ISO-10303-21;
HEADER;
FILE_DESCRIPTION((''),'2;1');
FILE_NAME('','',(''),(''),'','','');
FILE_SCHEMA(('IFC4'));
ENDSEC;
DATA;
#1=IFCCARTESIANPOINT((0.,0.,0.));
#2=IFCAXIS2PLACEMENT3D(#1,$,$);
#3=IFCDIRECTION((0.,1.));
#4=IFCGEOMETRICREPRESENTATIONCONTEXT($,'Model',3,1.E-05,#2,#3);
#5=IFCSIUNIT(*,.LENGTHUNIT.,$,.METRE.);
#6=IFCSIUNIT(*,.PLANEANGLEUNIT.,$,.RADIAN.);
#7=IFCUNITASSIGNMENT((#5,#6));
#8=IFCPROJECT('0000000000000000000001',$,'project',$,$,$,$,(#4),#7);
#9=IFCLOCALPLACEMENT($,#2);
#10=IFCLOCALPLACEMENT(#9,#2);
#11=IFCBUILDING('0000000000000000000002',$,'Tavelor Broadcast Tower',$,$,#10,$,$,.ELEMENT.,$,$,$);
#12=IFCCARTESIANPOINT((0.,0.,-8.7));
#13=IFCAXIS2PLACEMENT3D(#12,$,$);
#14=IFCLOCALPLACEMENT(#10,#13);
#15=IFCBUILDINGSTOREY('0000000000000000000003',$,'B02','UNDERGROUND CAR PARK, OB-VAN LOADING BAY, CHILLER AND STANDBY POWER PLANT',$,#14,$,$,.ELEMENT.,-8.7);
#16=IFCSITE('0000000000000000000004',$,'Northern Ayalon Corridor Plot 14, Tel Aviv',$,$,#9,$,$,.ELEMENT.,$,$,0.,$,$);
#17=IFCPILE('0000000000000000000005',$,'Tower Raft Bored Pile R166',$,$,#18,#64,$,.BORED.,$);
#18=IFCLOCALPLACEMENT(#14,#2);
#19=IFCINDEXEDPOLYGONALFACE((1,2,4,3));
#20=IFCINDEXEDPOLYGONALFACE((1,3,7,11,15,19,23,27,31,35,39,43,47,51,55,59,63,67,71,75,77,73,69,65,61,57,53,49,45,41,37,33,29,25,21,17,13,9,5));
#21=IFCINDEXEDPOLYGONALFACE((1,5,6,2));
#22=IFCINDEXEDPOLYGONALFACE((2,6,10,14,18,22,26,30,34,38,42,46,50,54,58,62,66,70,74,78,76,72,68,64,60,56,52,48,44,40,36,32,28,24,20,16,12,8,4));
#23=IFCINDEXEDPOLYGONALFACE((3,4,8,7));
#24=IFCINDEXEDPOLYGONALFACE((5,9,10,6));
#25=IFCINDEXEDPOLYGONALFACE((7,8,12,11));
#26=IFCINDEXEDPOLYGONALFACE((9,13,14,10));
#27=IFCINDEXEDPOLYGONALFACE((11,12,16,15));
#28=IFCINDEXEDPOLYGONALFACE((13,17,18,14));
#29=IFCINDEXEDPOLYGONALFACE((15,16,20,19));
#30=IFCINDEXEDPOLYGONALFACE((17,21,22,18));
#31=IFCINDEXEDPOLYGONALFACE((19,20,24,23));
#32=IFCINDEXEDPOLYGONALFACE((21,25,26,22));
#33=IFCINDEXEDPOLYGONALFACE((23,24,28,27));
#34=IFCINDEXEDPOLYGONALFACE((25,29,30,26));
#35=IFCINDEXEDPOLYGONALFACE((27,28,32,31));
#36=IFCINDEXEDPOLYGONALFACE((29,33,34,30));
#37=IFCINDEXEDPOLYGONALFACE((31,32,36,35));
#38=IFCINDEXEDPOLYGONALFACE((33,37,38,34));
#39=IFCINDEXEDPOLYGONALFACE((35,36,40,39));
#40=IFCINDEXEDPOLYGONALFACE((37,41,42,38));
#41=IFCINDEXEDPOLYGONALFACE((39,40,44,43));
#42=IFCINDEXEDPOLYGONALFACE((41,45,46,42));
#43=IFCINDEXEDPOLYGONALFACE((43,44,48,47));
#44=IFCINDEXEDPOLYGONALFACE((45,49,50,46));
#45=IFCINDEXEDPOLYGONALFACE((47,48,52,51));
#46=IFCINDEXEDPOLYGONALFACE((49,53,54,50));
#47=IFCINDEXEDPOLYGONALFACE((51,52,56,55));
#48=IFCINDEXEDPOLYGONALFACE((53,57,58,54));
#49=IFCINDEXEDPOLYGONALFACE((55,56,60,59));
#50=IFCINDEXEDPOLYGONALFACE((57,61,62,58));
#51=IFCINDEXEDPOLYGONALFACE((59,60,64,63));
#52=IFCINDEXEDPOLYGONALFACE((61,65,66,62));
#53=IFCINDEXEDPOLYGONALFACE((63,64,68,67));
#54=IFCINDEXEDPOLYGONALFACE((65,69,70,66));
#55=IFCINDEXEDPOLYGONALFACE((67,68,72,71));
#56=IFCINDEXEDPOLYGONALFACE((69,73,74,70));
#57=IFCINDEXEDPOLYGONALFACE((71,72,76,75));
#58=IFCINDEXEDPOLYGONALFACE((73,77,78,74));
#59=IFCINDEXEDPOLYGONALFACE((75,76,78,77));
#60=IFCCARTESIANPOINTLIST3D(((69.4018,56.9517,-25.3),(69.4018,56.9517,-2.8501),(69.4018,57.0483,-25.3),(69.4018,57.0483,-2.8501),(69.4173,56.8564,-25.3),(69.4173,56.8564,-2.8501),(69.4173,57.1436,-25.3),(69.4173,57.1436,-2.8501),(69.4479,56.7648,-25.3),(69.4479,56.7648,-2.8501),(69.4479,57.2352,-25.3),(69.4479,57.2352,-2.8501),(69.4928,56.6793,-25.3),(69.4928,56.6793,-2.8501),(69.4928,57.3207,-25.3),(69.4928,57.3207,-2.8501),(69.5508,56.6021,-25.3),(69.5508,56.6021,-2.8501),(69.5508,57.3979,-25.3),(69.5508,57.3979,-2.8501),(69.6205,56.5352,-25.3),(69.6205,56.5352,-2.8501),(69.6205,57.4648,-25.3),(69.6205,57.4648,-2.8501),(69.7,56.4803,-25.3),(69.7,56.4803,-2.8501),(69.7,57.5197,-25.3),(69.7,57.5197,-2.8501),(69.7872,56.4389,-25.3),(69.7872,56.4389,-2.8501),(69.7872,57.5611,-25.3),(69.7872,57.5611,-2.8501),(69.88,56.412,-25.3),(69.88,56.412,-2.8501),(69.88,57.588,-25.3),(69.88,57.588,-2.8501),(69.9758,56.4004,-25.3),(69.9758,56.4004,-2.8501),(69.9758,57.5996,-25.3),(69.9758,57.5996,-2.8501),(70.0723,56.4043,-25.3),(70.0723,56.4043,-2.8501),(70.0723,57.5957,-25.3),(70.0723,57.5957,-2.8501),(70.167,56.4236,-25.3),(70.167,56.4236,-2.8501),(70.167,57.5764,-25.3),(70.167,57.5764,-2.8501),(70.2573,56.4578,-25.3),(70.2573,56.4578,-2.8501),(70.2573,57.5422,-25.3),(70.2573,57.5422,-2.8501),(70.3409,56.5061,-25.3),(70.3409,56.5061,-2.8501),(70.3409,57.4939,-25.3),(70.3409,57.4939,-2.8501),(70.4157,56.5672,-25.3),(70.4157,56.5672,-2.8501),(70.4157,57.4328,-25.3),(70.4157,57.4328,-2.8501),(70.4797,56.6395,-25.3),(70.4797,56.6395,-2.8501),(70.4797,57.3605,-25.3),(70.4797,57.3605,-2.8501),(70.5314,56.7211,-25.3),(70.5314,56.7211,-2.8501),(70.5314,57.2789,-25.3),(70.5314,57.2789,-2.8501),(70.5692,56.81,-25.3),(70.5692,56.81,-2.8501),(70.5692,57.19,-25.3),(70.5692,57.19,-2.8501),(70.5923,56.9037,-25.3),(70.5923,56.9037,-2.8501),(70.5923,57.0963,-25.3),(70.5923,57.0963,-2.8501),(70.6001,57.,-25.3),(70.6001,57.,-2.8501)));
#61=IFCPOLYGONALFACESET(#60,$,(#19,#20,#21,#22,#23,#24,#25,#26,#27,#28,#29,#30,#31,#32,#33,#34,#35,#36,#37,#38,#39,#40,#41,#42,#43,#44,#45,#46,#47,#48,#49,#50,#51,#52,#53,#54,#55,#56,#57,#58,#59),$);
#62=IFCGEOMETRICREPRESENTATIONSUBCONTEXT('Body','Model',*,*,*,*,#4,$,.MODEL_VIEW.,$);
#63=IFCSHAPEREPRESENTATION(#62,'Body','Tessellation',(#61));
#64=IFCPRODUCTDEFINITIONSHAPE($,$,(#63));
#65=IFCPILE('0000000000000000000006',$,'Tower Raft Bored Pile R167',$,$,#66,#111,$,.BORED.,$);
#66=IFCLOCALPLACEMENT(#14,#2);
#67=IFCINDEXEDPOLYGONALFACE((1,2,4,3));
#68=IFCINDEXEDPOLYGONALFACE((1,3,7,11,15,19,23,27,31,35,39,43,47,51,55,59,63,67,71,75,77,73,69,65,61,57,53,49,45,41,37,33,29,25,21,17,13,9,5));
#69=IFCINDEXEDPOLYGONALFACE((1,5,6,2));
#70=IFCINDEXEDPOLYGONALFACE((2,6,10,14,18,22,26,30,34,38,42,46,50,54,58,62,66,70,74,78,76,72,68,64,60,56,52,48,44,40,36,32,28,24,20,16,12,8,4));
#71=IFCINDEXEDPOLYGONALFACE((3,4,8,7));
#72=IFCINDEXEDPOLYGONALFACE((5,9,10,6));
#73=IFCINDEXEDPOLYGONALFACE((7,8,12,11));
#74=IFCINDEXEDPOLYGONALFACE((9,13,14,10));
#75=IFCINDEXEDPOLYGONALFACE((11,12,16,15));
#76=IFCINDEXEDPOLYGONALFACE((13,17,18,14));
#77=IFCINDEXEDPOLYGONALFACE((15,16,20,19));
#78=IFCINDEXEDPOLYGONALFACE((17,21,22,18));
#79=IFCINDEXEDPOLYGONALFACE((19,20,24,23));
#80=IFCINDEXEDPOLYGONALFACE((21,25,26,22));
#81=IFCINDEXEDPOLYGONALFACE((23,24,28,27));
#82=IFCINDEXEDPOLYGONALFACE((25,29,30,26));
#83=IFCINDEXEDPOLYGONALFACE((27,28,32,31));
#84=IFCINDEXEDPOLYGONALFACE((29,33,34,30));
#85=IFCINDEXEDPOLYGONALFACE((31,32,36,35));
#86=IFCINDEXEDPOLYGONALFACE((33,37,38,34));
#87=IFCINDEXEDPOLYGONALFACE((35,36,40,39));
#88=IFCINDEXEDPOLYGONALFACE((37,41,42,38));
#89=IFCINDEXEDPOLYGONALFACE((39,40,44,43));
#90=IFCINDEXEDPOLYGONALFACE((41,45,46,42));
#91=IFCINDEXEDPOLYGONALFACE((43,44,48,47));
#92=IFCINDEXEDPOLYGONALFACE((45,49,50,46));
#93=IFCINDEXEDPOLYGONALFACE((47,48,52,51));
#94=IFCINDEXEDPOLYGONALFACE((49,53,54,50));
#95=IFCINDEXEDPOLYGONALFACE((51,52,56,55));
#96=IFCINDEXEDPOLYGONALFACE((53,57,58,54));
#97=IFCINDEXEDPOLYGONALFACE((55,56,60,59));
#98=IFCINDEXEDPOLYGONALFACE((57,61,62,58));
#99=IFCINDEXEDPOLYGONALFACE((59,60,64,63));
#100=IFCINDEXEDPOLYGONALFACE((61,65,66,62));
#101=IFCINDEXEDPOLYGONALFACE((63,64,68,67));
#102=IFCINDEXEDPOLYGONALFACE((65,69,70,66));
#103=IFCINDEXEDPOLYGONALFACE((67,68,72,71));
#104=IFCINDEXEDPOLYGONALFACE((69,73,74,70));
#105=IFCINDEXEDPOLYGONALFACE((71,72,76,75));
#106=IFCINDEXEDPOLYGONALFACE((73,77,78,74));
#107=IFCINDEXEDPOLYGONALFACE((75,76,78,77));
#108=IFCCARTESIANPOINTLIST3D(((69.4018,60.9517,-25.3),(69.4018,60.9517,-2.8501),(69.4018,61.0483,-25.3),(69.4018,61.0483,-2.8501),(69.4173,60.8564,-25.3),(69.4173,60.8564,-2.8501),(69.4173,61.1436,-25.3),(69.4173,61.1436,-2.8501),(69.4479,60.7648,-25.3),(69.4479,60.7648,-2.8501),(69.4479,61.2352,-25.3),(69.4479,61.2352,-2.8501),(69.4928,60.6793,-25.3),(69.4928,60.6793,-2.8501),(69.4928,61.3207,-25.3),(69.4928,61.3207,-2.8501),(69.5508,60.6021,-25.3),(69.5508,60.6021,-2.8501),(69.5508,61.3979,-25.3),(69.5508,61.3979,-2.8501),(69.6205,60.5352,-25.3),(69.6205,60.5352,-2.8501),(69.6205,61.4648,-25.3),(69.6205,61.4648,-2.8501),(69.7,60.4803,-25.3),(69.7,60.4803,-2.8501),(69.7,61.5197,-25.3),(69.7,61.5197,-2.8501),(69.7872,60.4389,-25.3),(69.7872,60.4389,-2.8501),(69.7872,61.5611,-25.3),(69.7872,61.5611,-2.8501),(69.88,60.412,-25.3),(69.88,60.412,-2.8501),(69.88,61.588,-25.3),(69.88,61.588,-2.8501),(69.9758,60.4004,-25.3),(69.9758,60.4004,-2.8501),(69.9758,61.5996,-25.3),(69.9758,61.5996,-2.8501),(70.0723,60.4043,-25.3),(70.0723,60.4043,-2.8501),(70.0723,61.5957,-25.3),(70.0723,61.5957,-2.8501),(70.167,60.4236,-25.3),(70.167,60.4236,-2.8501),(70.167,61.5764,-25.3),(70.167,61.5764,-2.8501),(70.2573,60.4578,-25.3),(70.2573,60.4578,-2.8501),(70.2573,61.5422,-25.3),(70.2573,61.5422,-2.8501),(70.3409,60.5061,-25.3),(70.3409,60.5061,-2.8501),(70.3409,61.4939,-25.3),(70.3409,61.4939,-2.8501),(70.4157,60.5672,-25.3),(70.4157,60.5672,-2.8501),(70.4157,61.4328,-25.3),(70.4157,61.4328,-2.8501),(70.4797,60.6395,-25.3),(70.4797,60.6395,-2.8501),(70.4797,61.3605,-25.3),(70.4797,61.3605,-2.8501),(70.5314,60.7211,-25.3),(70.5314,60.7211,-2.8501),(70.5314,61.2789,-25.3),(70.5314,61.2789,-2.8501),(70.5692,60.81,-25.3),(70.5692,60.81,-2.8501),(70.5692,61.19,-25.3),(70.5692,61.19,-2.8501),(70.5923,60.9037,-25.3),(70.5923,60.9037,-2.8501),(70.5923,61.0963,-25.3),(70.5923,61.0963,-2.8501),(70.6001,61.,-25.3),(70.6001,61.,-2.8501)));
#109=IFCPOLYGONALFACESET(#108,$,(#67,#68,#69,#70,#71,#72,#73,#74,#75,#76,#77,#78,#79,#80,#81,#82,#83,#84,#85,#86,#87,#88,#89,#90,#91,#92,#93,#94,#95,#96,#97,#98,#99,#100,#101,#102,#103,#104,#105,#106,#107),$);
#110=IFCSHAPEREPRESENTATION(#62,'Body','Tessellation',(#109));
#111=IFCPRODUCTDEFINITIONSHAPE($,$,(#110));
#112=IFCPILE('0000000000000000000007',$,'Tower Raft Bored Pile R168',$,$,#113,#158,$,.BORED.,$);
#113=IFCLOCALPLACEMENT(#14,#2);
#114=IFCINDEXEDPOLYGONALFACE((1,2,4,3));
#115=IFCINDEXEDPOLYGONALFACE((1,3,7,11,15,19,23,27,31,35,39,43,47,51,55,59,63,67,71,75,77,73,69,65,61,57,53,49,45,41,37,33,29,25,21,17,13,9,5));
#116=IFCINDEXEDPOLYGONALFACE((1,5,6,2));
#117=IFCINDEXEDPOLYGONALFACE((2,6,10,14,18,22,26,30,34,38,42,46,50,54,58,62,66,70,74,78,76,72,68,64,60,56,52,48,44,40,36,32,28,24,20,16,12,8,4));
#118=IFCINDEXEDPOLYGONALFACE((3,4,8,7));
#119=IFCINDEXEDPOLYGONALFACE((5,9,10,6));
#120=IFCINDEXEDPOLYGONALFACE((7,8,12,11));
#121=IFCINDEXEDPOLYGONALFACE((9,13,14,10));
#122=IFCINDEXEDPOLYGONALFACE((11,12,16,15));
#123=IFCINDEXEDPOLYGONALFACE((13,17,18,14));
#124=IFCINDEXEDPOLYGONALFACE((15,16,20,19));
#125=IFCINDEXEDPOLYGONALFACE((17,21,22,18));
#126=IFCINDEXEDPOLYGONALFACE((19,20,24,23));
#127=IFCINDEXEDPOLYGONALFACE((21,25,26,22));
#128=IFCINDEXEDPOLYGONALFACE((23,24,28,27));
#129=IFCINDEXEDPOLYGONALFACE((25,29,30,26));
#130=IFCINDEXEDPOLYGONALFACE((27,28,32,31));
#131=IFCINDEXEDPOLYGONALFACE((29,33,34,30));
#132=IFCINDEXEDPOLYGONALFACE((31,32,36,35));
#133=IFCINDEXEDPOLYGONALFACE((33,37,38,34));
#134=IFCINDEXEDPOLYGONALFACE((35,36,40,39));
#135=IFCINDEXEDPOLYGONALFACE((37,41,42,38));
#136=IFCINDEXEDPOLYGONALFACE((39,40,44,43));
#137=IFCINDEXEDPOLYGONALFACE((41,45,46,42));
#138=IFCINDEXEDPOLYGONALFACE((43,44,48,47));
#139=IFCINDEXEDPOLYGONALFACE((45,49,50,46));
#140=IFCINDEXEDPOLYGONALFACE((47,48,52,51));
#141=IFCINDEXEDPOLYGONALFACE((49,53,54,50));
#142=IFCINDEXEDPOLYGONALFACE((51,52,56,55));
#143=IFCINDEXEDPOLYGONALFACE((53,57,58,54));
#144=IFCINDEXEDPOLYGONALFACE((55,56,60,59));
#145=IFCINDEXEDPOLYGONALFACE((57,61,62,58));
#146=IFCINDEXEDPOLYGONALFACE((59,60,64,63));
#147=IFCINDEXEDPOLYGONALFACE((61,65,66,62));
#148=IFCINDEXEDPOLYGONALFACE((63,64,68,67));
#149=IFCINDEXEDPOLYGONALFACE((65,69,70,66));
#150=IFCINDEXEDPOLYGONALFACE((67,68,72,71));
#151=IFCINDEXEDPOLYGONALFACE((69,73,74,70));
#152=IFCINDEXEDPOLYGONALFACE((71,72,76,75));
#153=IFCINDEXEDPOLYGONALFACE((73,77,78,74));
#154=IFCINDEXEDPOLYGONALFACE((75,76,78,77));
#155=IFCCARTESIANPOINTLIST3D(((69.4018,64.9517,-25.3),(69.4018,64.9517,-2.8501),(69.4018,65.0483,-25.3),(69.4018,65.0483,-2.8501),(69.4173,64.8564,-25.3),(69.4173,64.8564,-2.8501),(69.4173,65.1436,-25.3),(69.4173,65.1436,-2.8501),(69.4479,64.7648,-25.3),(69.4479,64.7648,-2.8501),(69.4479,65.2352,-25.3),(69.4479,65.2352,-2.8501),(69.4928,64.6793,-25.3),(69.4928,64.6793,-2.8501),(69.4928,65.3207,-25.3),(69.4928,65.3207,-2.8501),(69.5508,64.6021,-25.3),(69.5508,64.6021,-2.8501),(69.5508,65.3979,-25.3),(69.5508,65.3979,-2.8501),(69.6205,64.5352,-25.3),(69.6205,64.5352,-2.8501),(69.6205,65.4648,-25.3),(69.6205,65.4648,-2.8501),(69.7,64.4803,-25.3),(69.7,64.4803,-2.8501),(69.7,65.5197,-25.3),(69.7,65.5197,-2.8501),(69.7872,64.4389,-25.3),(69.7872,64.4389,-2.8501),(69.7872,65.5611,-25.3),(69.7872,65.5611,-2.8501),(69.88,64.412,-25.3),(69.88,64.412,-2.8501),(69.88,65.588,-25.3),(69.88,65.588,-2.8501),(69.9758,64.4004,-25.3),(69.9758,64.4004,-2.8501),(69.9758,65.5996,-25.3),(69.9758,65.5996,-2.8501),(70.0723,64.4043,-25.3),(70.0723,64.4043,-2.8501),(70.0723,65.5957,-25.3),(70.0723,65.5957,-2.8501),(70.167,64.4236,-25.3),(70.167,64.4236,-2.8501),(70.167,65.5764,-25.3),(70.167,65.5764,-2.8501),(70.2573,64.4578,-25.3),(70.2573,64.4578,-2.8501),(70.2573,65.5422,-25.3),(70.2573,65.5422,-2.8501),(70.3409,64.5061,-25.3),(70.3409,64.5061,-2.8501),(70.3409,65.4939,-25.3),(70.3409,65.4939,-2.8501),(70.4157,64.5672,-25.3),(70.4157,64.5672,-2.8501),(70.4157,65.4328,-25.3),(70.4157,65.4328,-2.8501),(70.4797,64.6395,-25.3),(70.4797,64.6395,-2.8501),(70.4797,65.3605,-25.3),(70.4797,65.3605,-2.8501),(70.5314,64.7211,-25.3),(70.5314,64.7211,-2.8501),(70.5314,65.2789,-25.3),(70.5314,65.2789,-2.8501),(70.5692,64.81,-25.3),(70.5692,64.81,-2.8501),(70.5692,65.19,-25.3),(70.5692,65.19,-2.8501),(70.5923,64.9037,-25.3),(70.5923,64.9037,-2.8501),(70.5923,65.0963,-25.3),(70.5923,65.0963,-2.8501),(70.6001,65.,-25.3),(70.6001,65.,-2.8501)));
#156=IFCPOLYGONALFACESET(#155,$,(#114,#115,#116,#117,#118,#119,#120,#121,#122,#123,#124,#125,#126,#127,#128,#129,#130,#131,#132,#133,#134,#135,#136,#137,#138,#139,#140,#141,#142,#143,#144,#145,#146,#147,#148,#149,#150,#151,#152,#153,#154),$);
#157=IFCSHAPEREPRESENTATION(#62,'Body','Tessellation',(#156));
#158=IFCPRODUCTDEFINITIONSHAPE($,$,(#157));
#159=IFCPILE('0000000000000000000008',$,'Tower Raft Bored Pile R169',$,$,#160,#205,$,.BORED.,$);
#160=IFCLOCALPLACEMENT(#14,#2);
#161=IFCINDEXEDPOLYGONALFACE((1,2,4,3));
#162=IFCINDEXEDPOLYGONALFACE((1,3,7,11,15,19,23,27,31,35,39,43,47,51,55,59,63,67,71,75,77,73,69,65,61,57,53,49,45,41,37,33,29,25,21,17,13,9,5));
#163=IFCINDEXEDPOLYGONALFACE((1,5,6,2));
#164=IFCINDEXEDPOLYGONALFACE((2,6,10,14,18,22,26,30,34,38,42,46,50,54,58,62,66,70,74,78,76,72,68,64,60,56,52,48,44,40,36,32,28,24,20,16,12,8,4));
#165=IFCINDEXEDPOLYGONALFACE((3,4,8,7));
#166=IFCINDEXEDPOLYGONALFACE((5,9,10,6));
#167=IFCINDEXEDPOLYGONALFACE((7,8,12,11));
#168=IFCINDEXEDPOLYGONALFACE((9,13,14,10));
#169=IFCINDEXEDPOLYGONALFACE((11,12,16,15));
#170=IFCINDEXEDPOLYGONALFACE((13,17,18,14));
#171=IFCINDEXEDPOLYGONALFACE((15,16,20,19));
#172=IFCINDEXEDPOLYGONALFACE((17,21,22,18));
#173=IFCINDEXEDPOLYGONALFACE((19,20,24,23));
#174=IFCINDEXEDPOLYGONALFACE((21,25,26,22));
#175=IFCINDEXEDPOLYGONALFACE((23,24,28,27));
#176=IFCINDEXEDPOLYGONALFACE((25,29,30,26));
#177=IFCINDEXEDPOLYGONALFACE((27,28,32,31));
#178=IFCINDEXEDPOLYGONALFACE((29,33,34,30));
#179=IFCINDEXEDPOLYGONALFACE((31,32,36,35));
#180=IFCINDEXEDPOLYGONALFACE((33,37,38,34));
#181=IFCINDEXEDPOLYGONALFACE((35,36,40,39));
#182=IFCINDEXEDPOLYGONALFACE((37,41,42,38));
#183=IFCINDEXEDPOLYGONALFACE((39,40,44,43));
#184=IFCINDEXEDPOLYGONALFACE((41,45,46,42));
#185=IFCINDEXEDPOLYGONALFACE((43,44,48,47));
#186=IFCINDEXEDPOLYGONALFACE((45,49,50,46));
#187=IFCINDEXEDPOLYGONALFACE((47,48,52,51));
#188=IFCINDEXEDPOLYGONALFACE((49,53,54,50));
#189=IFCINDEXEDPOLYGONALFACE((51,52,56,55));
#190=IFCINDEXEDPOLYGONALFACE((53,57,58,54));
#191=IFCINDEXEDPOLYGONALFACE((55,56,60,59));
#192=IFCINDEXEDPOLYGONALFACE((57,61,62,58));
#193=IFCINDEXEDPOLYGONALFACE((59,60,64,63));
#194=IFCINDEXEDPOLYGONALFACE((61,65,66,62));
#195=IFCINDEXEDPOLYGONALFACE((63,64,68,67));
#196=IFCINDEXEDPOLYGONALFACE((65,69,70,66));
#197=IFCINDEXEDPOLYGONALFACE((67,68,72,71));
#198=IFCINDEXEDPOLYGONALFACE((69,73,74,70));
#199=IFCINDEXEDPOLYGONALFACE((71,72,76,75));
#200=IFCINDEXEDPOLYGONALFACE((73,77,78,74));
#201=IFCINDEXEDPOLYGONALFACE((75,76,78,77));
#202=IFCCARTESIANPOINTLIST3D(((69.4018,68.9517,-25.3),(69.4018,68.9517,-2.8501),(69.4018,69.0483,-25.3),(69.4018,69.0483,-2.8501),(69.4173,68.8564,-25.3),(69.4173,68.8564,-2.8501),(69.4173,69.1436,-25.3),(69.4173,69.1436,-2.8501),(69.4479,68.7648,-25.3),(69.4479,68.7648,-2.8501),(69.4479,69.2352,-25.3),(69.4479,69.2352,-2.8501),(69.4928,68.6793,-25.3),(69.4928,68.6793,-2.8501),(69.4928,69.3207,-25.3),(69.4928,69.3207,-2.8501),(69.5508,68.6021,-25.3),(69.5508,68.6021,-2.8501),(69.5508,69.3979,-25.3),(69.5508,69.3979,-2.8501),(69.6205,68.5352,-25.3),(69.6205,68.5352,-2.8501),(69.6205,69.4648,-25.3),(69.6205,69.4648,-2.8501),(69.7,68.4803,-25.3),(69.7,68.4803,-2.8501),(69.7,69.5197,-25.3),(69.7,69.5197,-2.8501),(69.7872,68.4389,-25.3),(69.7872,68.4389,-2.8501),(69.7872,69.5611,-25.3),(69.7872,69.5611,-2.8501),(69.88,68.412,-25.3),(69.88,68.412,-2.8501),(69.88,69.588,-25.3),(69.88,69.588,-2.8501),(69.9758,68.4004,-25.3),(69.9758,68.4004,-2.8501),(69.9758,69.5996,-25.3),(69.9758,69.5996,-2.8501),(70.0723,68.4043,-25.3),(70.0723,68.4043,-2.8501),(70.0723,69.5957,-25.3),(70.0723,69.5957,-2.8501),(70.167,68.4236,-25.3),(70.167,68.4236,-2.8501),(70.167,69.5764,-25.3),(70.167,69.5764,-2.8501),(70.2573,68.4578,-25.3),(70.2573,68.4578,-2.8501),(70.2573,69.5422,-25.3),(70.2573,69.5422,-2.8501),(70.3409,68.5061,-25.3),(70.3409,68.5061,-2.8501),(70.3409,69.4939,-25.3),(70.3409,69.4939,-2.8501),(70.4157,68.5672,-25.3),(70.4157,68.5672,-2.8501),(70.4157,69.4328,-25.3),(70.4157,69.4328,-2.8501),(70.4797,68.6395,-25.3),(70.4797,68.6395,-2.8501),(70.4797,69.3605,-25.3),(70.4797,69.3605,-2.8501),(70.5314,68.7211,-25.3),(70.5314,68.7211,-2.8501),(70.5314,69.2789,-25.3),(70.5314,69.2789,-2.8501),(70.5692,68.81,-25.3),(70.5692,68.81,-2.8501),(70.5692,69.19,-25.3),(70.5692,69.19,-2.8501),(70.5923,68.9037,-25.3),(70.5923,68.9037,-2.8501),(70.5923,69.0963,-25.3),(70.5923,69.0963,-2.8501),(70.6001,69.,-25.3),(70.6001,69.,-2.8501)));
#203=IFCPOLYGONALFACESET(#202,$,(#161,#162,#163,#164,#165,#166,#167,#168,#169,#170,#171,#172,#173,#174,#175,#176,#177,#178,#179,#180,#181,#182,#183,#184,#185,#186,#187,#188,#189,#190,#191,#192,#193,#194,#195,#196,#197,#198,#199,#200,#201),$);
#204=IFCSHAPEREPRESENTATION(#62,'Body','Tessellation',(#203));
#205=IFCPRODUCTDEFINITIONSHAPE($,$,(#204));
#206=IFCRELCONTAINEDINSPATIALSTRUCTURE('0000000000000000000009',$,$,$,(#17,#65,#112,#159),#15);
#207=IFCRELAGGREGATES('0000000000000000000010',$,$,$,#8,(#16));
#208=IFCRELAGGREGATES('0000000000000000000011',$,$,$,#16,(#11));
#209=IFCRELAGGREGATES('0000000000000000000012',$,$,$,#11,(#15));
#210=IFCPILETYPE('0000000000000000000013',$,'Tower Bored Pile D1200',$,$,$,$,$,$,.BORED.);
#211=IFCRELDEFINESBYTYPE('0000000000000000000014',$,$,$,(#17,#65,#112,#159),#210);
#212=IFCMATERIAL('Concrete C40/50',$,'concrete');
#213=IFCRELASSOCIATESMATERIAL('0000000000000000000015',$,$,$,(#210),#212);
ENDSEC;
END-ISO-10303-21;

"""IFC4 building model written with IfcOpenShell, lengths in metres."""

from ifc_helpers import new_model, si_unit, direction, frame, origin, origin_2d, place, context, subcontext, project, spatial, circle, extrude, material, material_profile, profile_set, type_object, element, save


model = new_model("IFC4")

# Units and contexts
model_context = context("Model", 3, precision=1e-05, world=origin(), true_north=direction((0.0, 1.0)))
body_context = subcontext(model_context, "Body", "Model", "MODEL_VIEW")
ifc_project = project(units=[si_unit("LENGTHUNIT", "METRE"), si_unit("PLANEANGLEUNIT", "RADIAN")], contexts=[model_context])

# Site, building, storey
site_placement = place(None, origin())
site = spatial("IfcSite", under=ifc_project, at=site_placement, Name="Northern Ayalon Corridor Plot 14, Tel Aviv", CompositionType="ELEMENT", RefElevation=0.0)
building_placement = place(site_placement, origin())
building = spatial("IfcBuilding", under=site, at=building_placement, Name="Tavelor Broadcast Tower", CompositionType="ELEMENT")
storey_placement = place(building_placement, frame((0.0, 0.0, -8.7)))
storey = spatial("IfcBuildingStorey", under=building, at=storey_placement, Name="B02", Description="UNDERGROUND CAR PARK, OB-VAN LOADING BAY, CHILLER AND STANDBY POWER PLANT", CompositionType="ELEMENT", Elevation=-8.7)

# Piles
ifc_material_1 = material(Name="Concrete C40/50", Category="concrete")
ifc_material_profile_1 = material_profile(ifc_material_1, circle(Radius=0.6001, at=origin_2d()), Name="PILE D1200")
ifc_profile_set_1 = profile_set([ifc_material_profile_1], Name="Concrete C40/50")
pile_type = type_object("IfcPileType", Name="Tower Bored Pile D1200", PredefinedType="BORED", material=ifc_profile_set_1)
for number, where, z_axis, x_axis, name in (
    (1, (70.0, 57.0, -2.8501), (0.0, 0.0, -1.0), (1.0, 0.0, 0.0), "Tower Raft Bored Pile R166"),
    (2, (70.0, 61.0, -2.8501), (0.0, 0.0, -1.0), (1.0, 0.0, 0.0), "Tower Raft Bored Pile R167"),
    (3, (70.0, 65.0, -2.8501), (0.0, 0.0, -1.0), (1.0, 0.0, 0.0), "Tower Raft Bored Pile R168"),
    (4, (70.0, 69.0, -2.8501), (0.0, 0.0, -1.0), (1.0, 0.0, 0.0), "Tower Raft Bored Pile R169"),
):
    element("IfcPile", number, at=place(storey_placement, frame(where, z_axis=z_axis, x_axis=x_axis)), inside=storey, type_object=pile_type, Name=name, PredefinedType="BORED", context=body_context, shape_type="SweptSolid", body=[
        extrude(circle(Radius=0.6001, at=origin_2d()), origin(), (0.0, 0.0, 1.0), 22.45),
    ])

save(model, "model.ifc")
